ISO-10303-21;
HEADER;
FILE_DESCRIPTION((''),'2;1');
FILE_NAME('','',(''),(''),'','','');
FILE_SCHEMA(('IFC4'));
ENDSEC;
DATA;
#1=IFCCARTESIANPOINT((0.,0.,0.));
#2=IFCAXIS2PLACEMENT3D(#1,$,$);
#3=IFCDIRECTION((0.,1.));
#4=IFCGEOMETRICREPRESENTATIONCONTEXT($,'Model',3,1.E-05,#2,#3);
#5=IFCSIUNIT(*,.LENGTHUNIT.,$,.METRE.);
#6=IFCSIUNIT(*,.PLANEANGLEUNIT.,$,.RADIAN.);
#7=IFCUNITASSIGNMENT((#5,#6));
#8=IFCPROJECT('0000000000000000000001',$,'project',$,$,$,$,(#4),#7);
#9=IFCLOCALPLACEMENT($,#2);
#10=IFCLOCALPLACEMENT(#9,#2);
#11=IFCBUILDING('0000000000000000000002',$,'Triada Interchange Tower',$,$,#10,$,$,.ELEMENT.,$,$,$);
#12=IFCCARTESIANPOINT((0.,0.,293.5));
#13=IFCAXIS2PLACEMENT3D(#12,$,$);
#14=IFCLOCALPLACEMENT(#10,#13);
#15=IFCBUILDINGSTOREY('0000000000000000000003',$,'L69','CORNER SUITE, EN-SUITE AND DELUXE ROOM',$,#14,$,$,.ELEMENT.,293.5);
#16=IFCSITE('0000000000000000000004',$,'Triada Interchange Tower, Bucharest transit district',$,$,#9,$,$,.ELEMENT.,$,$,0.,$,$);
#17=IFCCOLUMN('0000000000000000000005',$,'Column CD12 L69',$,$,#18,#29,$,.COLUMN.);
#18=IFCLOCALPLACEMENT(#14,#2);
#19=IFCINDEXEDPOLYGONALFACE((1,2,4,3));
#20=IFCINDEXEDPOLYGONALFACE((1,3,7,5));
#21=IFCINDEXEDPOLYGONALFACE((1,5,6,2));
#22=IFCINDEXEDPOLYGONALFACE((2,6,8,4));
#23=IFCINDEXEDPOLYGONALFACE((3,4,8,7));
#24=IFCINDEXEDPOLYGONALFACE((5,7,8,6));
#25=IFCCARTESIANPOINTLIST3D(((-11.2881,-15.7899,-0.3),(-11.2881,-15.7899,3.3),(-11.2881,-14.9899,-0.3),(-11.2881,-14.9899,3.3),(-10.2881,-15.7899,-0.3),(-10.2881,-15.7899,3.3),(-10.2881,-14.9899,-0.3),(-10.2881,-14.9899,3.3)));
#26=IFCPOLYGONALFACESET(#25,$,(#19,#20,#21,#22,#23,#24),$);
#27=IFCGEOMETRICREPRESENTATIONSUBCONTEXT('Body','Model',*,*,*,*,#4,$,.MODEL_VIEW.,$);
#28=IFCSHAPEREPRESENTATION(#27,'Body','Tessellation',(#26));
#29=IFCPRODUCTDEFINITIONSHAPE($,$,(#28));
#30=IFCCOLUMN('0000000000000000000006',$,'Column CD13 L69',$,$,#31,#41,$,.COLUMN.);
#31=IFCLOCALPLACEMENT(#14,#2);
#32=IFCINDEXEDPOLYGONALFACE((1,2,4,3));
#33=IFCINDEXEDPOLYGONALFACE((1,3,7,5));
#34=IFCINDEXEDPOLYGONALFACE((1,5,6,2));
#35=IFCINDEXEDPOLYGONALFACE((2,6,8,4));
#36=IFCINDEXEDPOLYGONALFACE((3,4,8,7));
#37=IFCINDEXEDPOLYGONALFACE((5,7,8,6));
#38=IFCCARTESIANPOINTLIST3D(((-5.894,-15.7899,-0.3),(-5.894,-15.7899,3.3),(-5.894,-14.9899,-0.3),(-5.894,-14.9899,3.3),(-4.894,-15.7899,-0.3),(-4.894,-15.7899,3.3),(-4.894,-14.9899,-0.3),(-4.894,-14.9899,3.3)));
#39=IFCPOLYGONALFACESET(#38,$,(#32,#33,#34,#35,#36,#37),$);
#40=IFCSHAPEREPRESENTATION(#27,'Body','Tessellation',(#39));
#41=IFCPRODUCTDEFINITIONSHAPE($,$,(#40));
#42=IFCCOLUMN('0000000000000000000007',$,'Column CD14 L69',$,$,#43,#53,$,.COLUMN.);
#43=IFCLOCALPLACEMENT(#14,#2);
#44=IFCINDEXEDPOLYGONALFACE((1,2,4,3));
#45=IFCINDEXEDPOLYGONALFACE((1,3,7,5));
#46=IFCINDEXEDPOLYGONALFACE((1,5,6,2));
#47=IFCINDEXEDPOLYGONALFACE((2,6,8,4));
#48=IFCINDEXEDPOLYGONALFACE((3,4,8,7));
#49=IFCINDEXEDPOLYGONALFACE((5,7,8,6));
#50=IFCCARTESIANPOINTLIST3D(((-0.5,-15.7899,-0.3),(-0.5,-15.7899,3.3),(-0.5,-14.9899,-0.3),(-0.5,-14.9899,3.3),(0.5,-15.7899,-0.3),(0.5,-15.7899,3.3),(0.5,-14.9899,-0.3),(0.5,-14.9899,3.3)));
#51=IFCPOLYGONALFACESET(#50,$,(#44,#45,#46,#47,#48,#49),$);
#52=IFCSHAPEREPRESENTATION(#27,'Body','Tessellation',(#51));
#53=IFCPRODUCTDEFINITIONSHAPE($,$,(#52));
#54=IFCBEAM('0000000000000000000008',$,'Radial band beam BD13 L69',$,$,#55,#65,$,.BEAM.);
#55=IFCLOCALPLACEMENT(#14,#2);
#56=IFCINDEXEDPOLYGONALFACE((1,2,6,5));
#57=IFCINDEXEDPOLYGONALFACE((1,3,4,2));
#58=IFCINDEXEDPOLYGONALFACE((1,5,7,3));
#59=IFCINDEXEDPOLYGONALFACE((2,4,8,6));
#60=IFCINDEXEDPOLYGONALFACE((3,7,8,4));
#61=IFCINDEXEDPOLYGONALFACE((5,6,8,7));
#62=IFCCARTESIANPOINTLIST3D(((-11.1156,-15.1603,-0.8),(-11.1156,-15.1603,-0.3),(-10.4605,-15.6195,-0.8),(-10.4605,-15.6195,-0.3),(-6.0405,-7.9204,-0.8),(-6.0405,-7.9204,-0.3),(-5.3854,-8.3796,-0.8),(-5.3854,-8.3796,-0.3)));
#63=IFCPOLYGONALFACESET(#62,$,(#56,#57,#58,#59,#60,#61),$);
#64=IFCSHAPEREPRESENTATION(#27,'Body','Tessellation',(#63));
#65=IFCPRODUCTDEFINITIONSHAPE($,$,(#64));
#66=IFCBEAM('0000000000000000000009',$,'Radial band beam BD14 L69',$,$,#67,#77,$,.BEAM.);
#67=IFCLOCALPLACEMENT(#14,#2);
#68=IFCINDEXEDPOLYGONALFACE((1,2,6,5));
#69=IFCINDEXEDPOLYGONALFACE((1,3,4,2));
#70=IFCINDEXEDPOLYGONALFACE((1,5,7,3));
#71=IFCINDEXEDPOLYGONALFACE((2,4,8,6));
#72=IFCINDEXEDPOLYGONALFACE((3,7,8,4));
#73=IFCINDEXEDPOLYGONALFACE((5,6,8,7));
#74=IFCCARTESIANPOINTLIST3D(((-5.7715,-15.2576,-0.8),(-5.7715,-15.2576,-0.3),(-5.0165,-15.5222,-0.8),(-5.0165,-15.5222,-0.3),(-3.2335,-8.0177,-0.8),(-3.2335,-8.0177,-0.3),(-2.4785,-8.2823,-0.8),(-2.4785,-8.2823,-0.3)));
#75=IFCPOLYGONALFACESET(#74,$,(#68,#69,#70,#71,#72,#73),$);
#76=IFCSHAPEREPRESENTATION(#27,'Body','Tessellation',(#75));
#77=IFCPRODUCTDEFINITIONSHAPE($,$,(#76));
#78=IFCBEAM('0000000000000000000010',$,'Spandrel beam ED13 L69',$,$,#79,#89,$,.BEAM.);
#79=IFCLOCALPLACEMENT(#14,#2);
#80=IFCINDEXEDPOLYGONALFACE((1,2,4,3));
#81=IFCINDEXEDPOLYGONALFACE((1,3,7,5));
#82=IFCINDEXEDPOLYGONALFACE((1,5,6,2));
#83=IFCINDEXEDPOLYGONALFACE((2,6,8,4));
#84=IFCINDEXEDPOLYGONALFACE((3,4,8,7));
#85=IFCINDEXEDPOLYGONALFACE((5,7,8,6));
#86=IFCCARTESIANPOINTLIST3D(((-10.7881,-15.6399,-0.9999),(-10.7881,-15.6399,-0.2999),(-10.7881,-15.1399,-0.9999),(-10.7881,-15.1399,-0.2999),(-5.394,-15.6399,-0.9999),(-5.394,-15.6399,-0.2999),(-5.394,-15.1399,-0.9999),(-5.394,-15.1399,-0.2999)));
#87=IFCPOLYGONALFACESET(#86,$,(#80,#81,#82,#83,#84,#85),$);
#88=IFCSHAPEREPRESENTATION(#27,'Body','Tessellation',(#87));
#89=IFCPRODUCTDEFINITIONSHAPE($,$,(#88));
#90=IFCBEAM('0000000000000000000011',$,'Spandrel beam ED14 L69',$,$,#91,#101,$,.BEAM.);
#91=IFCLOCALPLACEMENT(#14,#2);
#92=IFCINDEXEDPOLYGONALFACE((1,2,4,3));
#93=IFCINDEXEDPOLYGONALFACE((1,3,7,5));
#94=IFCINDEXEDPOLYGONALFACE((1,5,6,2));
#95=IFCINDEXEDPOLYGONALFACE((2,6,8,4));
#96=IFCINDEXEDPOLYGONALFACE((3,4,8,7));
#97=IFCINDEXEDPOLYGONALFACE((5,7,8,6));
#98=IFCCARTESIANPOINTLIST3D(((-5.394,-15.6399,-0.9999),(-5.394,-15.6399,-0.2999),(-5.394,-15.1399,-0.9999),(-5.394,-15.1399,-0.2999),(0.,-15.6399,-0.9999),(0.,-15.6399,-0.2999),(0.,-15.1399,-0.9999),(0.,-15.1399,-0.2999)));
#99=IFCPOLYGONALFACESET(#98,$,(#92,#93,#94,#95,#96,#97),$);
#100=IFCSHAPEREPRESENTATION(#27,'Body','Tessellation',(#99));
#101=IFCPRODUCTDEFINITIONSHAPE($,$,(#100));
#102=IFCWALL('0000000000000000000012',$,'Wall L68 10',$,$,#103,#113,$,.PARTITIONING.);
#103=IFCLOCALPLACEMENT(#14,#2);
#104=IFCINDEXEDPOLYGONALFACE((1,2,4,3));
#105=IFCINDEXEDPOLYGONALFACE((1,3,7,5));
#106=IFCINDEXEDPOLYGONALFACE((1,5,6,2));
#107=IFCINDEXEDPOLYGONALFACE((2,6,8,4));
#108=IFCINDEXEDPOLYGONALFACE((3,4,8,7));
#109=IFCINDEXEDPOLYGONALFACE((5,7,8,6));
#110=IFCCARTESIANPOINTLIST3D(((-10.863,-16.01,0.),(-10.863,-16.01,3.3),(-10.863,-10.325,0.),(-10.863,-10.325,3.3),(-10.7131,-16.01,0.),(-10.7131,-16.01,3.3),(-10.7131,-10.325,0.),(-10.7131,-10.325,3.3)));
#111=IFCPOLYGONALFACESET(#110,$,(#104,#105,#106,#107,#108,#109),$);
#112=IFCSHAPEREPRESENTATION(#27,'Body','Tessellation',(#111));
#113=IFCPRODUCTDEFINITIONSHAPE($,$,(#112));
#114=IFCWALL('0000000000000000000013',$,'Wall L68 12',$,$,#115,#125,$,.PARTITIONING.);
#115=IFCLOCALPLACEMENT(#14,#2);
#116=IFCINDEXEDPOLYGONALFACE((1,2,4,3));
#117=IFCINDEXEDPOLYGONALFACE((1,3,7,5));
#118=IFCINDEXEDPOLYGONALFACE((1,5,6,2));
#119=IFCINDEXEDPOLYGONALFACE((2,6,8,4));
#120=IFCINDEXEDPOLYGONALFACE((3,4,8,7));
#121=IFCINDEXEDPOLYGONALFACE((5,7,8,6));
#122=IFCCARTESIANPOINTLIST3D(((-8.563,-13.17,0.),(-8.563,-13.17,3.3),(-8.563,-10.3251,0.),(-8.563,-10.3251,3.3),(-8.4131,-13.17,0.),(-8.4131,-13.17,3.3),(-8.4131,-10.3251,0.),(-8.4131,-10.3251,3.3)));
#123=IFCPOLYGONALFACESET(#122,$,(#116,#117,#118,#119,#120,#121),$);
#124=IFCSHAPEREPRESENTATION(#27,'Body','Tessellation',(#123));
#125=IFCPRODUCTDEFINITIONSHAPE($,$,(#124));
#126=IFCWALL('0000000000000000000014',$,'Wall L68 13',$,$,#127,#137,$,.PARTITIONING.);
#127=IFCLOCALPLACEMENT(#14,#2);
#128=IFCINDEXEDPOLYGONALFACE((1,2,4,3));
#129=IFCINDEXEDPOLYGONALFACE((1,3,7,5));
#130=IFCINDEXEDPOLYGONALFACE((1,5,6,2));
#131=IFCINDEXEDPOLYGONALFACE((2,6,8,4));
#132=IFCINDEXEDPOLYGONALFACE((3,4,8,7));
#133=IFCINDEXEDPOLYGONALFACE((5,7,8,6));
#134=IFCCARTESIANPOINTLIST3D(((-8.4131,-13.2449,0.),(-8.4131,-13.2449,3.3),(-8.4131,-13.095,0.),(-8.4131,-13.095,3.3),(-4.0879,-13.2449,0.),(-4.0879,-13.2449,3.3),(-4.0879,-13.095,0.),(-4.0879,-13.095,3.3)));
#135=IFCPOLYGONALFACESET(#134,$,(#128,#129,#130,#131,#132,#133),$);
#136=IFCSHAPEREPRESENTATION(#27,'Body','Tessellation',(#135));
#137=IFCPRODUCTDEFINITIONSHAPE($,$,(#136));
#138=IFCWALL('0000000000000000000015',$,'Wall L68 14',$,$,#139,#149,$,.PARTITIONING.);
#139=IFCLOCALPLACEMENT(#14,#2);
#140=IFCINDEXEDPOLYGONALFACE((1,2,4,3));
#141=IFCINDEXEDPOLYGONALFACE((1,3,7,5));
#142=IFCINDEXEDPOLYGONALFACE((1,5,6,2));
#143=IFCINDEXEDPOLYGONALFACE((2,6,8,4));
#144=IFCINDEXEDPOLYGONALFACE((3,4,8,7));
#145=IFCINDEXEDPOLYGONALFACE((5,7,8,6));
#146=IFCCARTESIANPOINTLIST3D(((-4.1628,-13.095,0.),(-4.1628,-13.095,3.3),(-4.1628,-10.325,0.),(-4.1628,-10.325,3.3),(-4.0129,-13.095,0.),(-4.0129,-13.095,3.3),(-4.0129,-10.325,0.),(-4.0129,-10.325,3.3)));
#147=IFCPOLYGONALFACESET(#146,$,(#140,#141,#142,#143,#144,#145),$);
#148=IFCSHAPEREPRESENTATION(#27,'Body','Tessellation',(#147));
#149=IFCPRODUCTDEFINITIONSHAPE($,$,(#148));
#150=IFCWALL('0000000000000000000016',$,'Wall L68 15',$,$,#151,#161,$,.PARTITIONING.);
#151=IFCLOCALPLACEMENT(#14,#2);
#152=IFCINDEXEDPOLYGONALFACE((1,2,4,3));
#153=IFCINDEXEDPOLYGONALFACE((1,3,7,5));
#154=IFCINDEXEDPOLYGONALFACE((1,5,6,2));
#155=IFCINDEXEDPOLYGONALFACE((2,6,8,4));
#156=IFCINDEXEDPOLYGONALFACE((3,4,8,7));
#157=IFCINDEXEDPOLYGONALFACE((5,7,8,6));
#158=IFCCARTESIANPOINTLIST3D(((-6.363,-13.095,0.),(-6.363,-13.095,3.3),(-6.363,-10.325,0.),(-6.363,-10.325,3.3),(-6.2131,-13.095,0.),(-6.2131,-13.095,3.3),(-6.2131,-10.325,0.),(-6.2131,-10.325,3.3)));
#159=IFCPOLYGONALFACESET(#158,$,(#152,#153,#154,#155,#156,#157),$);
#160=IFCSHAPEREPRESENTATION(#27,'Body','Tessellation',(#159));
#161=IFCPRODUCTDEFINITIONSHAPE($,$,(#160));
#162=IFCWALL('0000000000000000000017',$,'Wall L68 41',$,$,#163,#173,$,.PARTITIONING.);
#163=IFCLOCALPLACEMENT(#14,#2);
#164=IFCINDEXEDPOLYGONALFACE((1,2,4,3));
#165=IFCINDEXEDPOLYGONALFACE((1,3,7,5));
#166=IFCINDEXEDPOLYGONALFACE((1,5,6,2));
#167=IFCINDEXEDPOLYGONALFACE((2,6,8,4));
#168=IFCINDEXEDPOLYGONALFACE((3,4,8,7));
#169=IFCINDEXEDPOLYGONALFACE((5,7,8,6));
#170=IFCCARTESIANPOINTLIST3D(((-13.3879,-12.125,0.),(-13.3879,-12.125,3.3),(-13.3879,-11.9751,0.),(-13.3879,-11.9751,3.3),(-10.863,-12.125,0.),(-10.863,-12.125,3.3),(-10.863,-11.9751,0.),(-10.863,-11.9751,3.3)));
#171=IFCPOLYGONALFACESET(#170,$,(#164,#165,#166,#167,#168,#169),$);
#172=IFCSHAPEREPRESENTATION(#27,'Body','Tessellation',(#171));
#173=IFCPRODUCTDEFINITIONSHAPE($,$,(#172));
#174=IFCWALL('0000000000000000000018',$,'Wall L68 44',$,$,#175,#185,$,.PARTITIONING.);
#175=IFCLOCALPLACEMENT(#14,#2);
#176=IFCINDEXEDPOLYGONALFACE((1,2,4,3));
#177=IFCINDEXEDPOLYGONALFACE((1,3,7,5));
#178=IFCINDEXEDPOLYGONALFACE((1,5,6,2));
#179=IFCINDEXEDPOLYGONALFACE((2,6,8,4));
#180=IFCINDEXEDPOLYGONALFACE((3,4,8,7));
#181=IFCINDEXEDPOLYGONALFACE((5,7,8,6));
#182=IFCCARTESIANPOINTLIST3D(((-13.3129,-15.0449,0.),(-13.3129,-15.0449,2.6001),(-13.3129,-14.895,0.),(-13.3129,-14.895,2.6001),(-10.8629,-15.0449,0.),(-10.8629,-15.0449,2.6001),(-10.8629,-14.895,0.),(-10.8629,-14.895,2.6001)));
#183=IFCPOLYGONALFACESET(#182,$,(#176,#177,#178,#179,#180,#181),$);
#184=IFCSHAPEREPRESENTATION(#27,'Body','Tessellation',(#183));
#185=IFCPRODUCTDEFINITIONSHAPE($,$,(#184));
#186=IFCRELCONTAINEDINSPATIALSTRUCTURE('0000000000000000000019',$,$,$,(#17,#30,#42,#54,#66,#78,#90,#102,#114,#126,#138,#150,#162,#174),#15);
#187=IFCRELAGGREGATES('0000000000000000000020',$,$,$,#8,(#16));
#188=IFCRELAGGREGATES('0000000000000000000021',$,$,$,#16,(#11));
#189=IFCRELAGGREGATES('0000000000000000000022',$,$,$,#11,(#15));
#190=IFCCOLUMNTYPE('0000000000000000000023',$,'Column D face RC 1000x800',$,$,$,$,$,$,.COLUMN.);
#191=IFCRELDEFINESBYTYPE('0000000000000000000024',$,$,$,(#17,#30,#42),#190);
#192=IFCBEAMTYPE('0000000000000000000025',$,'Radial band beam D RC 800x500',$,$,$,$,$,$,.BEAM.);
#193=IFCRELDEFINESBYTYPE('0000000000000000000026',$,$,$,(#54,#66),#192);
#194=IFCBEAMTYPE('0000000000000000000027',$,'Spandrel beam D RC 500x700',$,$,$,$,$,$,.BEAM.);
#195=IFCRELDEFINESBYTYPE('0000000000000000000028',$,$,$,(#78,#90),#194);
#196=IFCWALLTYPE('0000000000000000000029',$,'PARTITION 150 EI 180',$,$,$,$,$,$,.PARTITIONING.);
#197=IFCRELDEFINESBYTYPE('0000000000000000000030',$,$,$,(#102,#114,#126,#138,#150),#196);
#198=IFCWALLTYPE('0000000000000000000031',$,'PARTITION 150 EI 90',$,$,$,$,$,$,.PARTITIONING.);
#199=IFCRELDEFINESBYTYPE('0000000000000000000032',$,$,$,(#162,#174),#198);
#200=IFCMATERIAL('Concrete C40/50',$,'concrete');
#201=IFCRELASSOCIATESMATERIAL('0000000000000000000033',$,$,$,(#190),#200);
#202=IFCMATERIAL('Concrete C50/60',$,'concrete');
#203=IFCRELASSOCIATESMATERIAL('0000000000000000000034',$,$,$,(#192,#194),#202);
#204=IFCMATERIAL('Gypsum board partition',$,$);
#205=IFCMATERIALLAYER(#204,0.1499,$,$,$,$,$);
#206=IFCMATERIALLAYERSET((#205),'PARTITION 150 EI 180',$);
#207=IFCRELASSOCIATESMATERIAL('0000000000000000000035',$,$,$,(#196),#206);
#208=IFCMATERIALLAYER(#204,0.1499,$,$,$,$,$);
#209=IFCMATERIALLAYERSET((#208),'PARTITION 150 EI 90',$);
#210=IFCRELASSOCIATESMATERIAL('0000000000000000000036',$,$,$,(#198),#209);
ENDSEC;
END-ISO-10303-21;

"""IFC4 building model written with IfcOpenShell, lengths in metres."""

from ifc_helpers import new_model, si_unit, direction, frame, frame_2d, origin, origin_2d, place, context, subcontext, project, spatial, rectangle, extrude, material, layer, layer_set, material_profile, profile_set, type_object, element, save


model = new_model("IFC4")

# Units and contexts
model_context = context("Model", 3, precision=1e-05, world=origin(), true_north=direction((0.0, 1.0)))
body_context = subcontext(model_context, "Body", "Model", "MODEL_VIEW")
ifc_project = project(units=[si_unit("LENGTHUNIT", "METRE"), si_unit("PLANEANGLEUNIT", "RADIAN")], contexts=[model_context])

# Site, building, storey
site_placement = place(None, origin())
site = spatial("IfcSite", under=ifc_project, at=site_placement, Name="Triada Interchange Tower, Bucharest transit district", CompositionType="ELEMENT", RefElevation=0.0)
building_placement = place(site_placement, origin())
building = spatial("IfcBuilding", under=site, at=building_placement, Name="Triada Interchange Tower", CompositionType="ELEMENT")
storey_placement = place(building_placement, frame((0.0, 0.0, 293.5)))
storey = spatial("IfcBuildingStorey", under=building, at=storey_placement, Name="L69", Description="CORNER SUITE, EN-SUITE AND DELUXE ROOM", CompositionType="ELEMENT", Elevation=293.5)

# Columns
ifc_material_1 = material(Name="Concrete C40/50", Category="concrete")
ifc_material_profile_1 = material_profile(ifc_material_1, rectangle(XDim=1.0, YDim=0.8, at=origin_2d()), Name="RC 1000x800")
ifc_profile_set_1 = profile_set([ifc_material_profile_1], Name="Concrete C40/50")
column_type = type_object("IfcColumnType", Name="Column D face RC 1000x800", PredefinedType="COLUMN", material=ifc_profile_set_1)
for number, where, z_axis, x_axis, name in (
    (1, (-10.7881, -15.3899, -0.3), (0.0, 0.0, 1.0), (1.0, 0.0, 0.0), "Column CD12 L69"),
    (2, (-5.394, -15.3899, -0.3), (0.0, 0.0, 1.0), (1.0, 0.0, 0.0), "Column CD13 L69"),
    (3, (0.0, -15.3899, -0.3), (0.0, 0.0, 1.0), (1.0, 0.0, 0.0), "Column CD14 L69"),
):
    element("IfcColumn", number, at=place(storey_placement, frame(where, z_axis=z_axis, x_axis=x_axis)), inside=storey, type_object=column_type, Name=name, PredefinedType="COLUMN", context=body_context, shape_type="SweptSolid", body=[
        extrude(rectangle(XDim=1.0, YDim=0.8, at=origin_2d()), origin(), (0.0, 0.0, 1.0), 3.6001),
    ])

# Beams
ifc_material_2 = material(Name="Concrete C50/60", Category="concrete")
ifc_material_profile_2 = material_profile(ifc_material_2, rectangle(XDim=0.8, YDim=0.5, at=origin_2d()), Name="RC 800x500")
ifc_profile_set_2 = profile_set([ifc_material_profile_2], Name="Concrete C50/60")
beam_type_1 = type_object("IfcBeamType", Name="Radial band beam D RC 800x500", PredefinedType="BEAM", material=ifc_profile_set_2)
beam_1_placement = place(storey_placement, frame((-10.7881, -15.3899, -0.55), z_axis=(0.574009, 0.818849, 0.0), x_axis=(-0.818849, 0.574009, 0.0)))
element("IfcBeam", 4, at=beam_1_placement, inside=storey, type_object=beam_type_1, Name="Radial band beam BD13 L69", PredefinedType="BEAM", context=body_context, shape_type="SweptSolid", body=[
    extrude(rectangle(XDim=0.8, YDim=0.5, at=origin_2d()), origin(), (0.0, 0.0, 1.0), 8.8416),
])
beam_2_placement = place(storey_placement, frame((-5.394, -15.3899, -0.55), z_axis=(0.330825, 0.943692, 0.0), x_axis=(-0.943692, 0.330825, 0.0)))
element("IfcBeam", 5, at=beam_2_placement, inside=storey, type_object=beam_type_1, Name="Radial band beam BD14 L69", PredefinedType="BEAM", context=body_context, shape_type="SweptSolid", body=[
    extrude(rectangle(XDim=0.8, YDim=0.5, at=origin_2d()), origin(), (0.0, 0.0, 1.0), 7.6719),
])
ifc_material_profile_3 = material_profile(ifc_material_2, rectangle(XDim=0.5, YDim=0.7, at=origin_2d()), Name="RC 500x700")
ifc_profile_set_3 = profile_set([ifc_material_profile_3], Name="Concrete C50/60")
beam_type_2 = type_object("IfcBeamType", Name="Spandrel beam D RC 500x700", PredefinedType="BEAM", material=ifc_profile_set_3)
for number, where, z_axis, x_axis, name in (
    (6, (-10.7881, -15.3899, -0.6499), (1.0, 0.0, 0.0), (0.0, 1.0, 0.0), "Spandrel beam ED13 L69"),
    (7, (-5.394, -15.3899, -0.6499), (1.0, 0.0, 0.0), (0.0, 1.0, 0.0), "Spandrel beam ED14 L69"),
):
    element("IfcBeam", number, at=place(storey_placement, frame(where, z_axis=z_axis, x_axis=x_axis)), inside=storey, type_object=beam_type_2, Name=name, PredefinedType="BEAM", context=body_context, shape_type="SweptSolid", body=[
        extrude(rectangle(XDim=0.5, YDim=0.7, at=origin_2d()), origin(), (0.0, 0.0, 1.0), 5.394),
    ])

# Walls
ifc_material_3 = material(Name="Gypsum board partition")
ifc_layer_1 = layer(ifc_material_3, 0.1499)
ifc_layer_set_1 = layer_set([ifc_layer_1], Name="PARTITION 150 EI 180")
wall_type_1 = type_object("IfcWallType", Name="PARTITION 150 EI 180", PredefinedType="PARTITIONING", material=ifc_layer_set_1)
wall_1_placement = place(storey_placement, frame((-10.7881, -16.01, 0.0), z_axis=(0.0, 0.0, 1.0), x_axis=(0.0, 1.0, 0.0)))
element("IfcWall", 8, at=wall_1_placement, inside=storey, type_object=wall_type_1, Name="Wall L68 10", PredefinedType="PARTITIONING", context=body_context, shape_type="SweptSolid", body=[
    extrude(rectangle(XDim=5.6851, YDim=0.1499, at=frame_2d((2.8425, 0.0))), origin(), (0.0, 0.0, 1.0), 3.3),
])
wall_2_placement = place(storey_placement, frame((-8.488, -13.1699, 0.0), z_axis=(0.0, 0.0, 1.0), x_axis=(0.0, 1.0, 0.0)))
element("IfcWall", 9, at=wall_2_placement, inside=storey, type_object=wall_type_1, Name="Wall L68 12", PredefinedType="PARTITIONING", context=body_context, shape_type="SweptSolid", body=[
    extrude(rectangle(XDim=2.845, YDim=0.1499, at=frame_2d((1.4224, 0.0))), origin(), (0.0, 0.0, 1.0), 3.3),
])
wall_3_placement = place(storey_placement, frame((-8.4131, -13.1699, 0.0), z_axis=(0.0, 0.0, 1.0), x_axis=(1.0, 0.0, 0.0)))
element("IfcWall", 10, at=wall_3_placement, inside=storey, type_object=wall_type_1, Name="Wall L68 13", PredefinedType="PARTITIONING", context=body_context, shape_type="SweptSolid", body=[
    extrude(rectangle(XDim=4.3252, YDim=0.1499, at=frame_2d((2.1626, 0.0))), origin(), (0.0, 0.0, 1.0), 3.3),
])
for number, where, z_axis, x_axis, name in (
    (11, (-4.0879, -13.095, 0.0), (0.0, 0.0, 1.0), (0.0, 1.0, 0.0), "Wall L68 14"),
    (12, (-6.2881, -13.095, 0.0), (0.0, 0.0, 1.0), (0.0, 1.0, 0.0), "Wall L68 15"),
):
    element("IfcWall", number, at=place(storey_placement, frame(where, z_axis=z_axis, x_axis=x_axis)), inside=storey, type_object=wall_type_1, Name=name, PredefinedType="PARTITIONING", context=body_context, shape_type="SweptSolid", body=[
        extrude(rectangle(XDim=2.77, YDim=0.1499, at=frame_2d((1.385, 0.0))), origin(), (0.0, 0.0, 1.0), 3.3),
    ])
ifc_layer_2 = layer(ifc_material_3, 0.1499)
ifc_layer_set_2 = layer_set([ifc_layer_2], Name="PARTITION 150 EI 90")
wall_type_2 = type_object("IfcWallType", Name="PARTITION 150 EI 90", PredefinedType="PARTITIONING", material=ifc_layer_set_2)
wall_4_placement = place(storey_placement, frame((-13.3879, -12.05, 0.0), z_axis=(0.0, 0.0, 1.0), x_axis=(1.0, 0.0, 0.0)))
element("IfcWall", 13, at=wall_4_placement, inside=storey, type_object=wall_type_2, Name="Wall L68 41", PredefinedType="PARTITIONING", context=body_context, shape_type="SweptSolid", body=[
    extrude(rectangle(XDim=2.5249, YDim=0.1499, at=frame_2d((1.2625, 0.0))), origin(), (0.0, 0.0, 1.0), 3.3),
])
wall_5_placement = place(storey_placement, frame((-13.313, -14.97, 0.0), z_axis=(0.0, 0.0, 1.0), x_axis=(1.0, 0.0, 0.0)))
element("IfcWall", 14, at=wall_5_placement, inside=storey, type_object=wall_type_2, Name="Wall L68 44", PredefinedType="PARTITIONING", context=body_context, shape_type="SweptSolid", body=[
    extrude(rectangle(XDim=2.45, YDim=0.1499, at=frame_2d((1.2251, 0.0))), origin(), (0.0, 0.0, 1.0), 2.6001),
])

save(model, "model.ifc")
